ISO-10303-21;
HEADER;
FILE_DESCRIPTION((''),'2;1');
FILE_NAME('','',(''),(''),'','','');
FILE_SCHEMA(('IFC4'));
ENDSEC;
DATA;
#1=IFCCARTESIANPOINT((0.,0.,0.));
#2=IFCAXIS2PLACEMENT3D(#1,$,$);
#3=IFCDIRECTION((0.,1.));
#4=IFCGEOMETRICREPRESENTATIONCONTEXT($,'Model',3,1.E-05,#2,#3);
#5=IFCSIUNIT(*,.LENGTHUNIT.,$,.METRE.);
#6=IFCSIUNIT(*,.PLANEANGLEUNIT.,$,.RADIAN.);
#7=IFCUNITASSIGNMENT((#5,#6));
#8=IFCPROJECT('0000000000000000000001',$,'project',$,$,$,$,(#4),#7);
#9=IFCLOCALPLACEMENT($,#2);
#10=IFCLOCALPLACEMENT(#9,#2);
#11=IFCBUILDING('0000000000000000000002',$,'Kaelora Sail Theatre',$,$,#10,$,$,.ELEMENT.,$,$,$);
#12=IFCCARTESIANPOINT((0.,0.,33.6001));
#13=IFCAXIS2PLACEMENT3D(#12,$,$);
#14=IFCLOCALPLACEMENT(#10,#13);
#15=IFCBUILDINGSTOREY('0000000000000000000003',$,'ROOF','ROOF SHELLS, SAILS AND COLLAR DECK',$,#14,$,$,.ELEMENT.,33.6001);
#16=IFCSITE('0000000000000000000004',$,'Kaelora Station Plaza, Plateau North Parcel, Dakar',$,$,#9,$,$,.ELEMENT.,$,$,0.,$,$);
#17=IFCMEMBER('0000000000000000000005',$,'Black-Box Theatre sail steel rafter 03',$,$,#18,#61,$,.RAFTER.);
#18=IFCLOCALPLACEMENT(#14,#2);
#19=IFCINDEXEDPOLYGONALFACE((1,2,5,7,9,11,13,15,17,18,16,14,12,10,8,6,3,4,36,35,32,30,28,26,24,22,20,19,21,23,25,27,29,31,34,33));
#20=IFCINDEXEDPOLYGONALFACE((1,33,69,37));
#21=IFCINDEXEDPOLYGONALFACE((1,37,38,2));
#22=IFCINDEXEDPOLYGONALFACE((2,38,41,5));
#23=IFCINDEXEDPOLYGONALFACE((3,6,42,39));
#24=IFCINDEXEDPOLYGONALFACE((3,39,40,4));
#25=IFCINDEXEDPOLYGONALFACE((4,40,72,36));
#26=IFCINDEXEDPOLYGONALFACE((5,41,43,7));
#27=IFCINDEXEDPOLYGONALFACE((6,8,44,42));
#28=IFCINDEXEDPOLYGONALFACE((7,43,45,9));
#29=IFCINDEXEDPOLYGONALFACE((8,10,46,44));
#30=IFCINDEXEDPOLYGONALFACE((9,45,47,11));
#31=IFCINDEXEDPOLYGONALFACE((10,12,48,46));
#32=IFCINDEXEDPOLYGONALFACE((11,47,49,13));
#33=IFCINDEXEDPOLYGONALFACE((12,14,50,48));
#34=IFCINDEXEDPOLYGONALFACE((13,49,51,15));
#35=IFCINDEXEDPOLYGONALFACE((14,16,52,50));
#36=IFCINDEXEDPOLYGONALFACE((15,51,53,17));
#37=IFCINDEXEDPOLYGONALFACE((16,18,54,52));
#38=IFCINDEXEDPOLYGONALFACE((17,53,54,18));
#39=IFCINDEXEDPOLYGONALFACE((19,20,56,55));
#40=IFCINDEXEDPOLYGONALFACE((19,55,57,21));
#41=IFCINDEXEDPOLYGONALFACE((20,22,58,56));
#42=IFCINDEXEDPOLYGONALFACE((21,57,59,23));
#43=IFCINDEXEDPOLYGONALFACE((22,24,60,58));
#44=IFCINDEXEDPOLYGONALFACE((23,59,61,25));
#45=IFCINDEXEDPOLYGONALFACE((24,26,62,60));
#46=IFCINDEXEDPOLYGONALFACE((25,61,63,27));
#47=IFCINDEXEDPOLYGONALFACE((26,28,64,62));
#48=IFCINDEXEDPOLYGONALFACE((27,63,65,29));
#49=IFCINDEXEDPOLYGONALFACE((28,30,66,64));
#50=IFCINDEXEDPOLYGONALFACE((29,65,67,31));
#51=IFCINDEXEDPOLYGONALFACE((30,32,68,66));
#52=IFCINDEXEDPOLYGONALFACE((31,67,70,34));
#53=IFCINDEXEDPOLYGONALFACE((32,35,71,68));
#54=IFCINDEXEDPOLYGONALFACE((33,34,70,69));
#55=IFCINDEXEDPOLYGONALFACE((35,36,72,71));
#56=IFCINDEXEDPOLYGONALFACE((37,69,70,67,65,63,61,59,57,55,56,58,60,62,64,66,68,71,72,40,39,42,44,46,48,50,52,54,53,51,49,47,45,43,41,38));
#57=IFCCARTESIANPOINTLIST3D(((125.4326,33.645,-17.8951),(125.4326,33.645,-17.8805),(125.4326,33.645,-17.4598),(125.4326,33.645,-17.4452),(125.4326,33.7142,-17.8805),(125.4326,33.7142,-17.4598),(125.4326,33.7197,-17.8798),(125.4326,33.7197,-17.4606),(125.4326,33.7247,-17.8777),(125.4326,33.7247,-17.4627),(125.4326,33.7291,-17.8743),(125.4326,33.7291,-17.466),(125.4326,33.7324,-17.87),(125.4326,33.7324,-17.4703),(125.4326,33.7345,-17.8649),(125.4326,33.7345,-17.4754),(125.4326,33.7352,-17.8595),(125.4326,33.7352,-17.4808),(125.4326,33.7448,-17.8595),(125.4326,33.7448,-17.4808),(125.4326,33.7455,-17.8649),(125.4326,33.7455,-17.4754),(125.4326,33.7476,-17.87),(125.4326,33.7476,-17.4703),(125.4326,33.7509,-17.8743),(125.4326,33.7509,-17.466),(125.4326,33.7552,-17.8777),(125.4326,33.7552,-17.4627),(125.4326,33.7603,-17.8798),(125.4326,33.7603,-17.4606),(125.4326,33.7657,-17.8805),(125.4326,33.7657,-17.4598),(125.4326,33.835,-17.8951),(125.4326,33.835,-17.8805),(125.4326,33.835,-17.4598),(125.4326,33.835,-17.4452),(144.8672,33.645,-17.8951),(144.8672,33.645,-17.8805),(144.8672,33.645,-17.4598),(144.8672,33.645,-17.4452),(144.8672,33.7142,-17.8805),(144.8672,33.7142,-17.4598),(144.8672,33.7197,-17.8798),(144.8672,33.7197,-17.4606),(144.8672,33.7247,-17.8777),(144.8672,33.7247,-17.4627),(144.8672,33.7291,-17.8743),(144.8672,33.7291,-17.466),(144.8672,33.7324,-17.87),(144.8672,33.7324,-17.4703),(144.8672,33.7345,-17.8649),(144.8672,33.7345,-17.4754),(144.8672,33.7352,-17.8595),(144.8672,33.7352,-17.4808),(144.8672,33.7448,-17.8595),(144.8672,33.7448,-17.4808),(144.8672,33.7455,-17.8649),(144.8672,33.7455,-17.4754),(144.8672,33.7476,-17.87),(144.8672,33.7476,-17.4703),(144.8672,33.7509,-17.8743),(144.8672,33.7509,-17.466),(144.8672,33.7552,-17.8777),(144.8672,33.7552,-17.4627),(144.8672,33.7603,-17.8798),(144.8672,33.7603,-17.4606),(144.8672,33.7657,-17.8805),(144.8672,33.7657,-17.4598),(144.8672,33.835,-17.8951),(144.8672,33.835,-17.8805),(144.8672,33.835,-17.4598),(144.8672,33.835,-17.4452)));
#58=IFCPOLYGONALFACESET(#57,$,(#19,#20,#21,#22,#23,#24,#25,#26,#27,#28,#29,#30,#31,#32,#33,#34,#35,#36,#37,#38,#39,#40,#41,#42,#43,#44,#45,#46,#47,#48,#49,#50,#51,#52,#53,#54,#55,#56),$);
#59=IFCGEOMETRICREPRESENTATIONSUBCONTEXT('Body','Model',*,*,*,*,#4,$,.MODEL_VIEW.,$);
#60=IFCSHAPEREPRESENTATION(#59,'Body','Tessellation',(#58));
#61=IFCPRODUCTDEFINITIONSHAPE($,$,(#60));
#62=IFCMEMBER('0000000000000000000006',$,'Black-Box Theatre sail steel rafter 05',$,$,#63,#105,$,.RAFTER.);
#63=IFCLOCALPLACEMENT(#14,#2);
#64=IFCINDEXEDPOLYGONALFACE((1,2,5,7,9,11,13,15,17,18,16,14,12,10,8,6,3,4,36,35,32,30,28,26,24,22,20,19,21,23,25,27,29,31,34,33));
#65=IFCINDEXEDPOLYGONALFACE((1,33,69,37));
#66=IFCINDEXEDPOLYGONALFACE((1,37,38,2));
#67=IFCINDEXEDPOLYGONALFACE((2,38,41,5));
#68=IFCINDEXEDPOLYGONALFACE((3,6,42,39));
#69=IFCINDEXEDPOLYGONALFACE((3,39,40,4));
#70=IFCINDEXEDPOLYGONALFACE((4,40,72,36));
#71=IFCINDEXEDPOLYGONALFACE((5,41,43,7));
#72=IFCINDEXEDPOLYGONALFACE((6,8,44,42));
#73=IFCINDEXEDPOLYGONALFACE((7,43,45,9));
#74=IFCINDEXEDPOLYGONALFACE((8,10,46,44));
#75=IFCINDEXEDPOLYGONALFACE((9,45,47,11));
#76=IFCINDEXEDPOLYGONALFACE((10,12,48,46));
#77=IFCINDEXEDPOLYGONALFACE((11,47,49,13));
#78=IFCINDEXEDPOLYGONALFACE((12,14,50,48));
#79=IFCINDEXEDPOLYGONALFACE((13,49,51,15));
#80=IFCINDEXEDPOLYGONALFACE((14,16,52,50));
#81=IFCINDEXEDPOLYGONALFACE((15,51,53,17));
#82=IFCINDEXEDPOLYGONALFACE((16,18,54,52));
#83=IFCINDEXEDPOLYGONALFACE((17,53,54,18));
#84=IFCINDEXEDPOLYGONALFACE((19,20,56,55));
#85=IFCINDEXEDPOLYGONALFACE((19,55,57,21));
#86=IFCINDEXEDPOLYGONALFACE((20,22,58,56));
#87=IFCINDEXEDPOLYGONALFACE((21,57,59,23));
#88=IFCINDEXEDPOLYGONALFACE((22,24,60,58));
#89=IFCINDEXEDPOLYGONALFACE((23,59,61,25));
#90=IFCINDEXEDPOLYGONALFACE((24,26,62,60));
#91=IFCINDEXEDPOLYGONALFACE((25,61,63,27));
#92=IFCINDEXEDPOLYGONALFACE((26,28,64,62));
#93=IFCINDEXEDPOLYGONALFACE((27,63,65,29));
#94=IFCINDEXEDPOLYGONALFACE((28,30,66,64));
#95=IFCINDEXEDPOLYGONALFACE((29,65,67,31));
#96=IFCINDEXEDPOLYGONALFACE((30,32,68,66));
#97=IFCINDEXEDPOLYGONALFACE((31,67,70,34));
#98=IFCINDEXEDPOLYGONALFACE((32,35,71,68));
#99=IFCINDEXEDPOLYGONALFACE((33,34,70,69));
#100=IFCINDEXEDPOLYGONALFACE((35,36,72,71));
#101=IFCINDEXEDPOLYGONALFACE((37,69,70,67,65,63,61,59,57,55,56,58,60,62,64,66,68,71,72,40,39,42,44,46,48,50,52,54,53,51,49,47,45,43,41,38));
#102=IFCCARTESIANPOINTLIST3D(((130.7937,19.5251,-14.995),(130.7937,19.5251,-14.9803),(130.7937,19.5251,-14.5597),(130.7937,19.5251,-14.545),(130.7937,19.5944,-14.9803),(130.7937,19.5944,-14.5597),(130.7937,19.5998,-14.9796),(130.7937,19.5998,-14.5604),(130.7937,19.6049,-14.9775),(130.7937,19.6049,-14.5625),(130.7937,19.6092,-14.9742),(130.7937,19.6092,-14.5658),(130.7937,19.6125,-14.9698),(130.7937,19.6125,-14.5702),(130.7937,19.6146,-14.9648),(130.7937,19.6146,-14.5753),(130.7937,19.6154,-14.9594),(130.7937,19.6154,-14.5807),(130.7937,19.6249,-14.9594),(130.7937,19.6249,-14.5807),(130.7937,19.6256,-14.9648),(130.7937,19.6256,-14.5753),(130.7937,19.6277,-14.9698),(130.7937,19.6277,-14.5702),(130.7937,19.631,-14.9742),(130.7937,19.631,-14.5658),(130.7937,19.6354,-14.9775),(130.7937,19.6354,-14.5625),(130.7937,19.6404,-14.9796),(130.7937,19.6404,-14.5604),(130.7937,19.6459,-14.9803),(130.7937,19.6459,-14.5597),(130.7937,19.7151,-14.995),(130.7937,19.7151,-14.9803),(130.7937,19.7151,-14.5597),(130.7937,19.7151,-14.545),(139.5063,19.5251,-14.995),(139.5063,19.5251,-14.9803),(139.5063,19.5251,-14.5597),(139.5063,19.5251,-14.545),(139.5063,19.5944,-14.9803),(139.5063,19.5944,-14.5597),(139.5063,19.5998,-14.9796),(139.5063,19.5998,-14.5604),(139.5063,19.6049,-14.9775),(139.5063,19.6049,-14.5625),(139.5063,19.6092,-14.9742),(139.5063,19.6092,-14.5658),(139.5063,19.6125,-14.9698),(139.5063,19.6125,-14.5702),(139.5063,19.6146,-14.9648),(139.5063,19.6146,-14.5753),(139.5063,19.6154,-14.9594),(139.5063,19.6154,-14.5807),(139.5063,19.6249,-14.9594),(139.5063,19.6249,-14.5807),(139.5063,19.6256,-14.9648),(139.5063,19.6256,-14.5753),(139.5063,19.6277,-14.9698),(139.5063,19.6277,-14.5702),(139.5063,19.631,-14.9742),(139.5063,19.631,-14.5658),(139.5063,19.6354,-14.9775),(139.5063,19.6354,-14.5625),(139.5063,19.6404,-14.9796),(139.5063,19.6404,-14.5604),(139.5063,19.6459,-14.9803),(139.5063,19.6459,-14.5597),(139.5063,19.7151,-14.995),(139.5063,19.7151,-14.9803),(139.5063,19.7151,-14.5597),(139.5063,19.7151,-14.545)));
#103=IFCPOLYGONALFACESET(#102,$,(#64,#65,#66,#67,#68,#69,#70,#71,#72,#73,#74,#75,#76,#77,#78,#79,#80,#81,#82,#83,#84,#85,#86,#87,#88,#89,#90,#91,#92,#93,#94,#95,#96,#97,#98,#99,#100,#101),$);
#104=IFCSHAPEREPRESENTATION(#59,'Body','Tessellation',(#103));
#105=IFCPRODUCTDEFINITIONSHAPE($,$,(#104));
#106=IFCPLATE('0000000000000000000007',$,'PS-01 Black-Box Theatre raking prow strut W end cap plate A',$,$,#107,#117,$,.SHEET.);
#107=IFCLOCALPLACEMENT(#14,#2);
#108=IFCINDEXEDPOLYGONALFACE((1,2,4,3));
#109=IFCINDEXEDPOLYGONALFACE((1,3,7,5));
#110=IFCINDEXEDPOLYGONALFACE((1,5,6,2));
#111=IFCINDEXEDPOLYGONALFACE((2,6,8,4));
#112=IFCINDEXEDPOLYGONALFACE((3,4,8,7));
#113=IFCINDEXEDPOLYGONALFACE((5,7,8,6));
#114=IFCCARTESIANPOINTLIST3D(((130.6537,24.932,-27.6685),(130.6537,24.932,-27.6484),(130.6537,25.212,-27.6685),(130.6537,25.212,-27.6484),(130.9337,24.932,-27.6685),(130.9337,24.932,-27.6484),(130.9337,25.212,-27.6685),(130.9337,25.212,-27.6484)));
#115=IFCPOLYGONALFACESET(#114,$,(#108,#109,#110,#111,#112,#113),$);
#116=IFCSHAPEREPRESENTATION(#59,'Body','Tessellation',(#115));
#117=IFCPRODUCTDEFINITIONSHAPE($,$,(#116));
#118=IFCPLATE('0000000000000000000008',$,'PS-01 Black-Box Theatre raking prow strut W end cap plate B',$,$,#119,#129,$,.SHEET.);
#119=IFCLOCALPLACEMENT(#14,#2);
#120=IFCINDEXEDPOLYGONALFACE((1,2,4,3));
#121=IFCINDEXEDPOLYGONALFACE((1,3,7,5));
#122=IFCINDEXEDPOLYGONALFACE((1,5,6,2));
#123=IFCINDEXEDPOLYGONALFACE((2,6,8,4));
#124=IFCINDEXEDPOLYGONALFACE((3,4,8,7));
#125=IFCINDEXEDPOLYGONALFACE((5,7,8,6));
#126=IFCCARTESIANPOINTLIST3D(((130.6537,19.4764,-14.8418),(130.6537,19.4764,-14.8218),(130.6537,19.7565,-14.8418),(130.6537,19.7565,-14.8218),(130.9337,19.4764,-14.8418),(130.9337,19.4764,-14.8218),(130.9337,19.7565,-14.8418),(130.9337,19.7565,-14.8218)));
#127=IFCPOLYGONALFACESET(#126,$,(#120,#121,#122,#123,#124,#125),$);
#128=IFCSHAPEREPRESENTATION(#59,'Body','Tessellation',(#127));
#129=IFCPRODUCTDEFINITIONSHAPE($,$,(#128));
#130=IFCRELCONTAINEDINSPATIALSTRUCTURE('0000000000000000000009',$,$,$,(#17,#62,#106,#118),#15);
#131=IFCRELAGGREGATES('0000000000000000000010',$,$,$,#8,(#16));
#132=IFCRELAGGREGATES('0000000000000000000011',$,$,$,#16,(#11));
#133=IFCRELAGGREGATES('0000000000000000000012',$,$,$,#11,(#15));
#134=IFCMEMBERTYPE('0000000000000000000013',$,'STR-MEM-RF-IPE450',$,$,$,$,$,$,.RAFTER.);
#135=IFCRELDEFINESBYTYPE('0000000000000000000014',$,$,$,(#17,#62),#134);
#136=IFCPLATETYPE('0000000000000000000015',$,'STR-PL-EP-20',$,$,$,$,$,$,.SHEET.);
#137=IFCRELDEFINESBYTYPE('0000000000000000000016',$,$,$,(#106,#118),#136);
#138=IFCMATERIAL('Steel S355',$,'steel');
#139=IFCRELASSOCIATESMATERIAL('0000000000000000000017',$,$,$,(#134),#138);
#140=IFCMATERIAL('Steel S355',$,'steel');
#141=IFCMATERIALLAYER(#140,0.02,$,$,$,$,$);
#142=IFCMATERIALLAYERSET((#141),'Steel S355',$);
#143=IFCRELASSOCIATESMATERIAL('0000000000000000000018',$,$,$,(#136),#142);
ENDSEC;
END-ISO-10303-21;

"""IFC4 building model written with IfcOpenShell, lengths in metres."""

from ifc_helpers import new_model, si_unit, direction, frame, origin, origin_2d, place, context, subcontext, project, spatial, rectangle, i_section, extrude, material, layer, layer_set, material_profile, profile_set, type_object, element, save


model = new_model("IFC4")

# Units and contexts
model_context = context("Model", 3, precision=1e-05, world=origin(), true_north=direction((0.0, 1.0)))
body_context = subcontext(model_context, "Body", "Model", "MODEL_VIEW")
ifc_project = project(units=[si_unit("LENGTHUNIT", "METRE"), si_unit("PLANEANGLEUNIT", "RADIAN")], contexts=[model_context])

# Site, building, storey
site_placement = place(None, origin())
site = spatial("IfcSite", under=ifc_project, at=site_placement, Name="Kaelora Station Plaza, Plateau North Parcel, Dakar", CompositionType="ELEMENT", RefElevation=0.0)
building_placement = place(site_placement, origin())
building = spatial("IfcBuilding", under=site, at=building_placement, Name="Kaelora Sail Theatre", CompositionType="ELEMENT")
storey_placement = place(building_placement, frame((0.0, 0.0, 33.6001)))
storey = spatial("IfcBuildingStorey", under=building, at=storey_placement, Name="ROOF", Description="ROOF SHELLS, SAILS AND COLLAR DECK", CompositionType="ELEMENT", Elevation=33.6001)

# Members
ifc_material_1 = material(Name="Steel S355", Category="steel")
ifc_material_profile_1 = material_profile(ifc_material_1, i_section(OverallWidth=0.1899, OverallDepth=0.45, WebThickness=0.0095, FlangeThickness=0.0146, FilletRadius=0.021, at=origin_2d()), Name="IPE 450")
ifc_profile_set_1 = profile_set([ifc_material_profile_1], Name="Steel S355")
member_type_1 = type_object("IfcMemberType", Name="STR-MEM-RF-IPE450", PredefinedType="RAFTER", material=ifc_profile_set_1)
member_1_placement = place(storey_placement, frame((125.4326, 33.74, -17.6702), z_axis=(1.0, 0.0, 0.0), x_axis=(0.0, 1.0, 0.0)))
element("IfcMember", 1, at=member_1_placement, inside=storey, type_object=member_type_1, Name="Black-Box Theatre sail steel rafter 03", PredefinedType="RAFTER", context=body_context, shape_type="SweptSolid", body=[
    extrude(i_section(OverallWidth=0.1899, OverallDepth=0.45, WebThickness=0.0095, FlangeThickness=0.0146, FilletRadius=0.021, at=origin_2d()), origin(), (0.0, 0.0, 1.0), 19.4346),
])
member_2_placement = place(storey_placement, frame((130.7937, 19.6201, -14.77), z_axis=(1.0, 0.0, 0.0), x_axis=(0.0, 1.0, 0.0)))
element("IfcMember", 2, at=member_2_placement, inside=storey, type_object=member_type_1, Name="Black-Box Theatre sail steel rafter 05", PredefinedType="RAFTER", context=body_context, shape_type="SweptSolid", body=[
    extrude(i_section(OverallWidth=0.1899, OverallDepth=0.45, WebThickness=0.0095, FlangeThickness=0.0146, FilletRadius=0.021, at=origin_2d()), origin(), (0.0, 0.0, 1.0), 8.7126),
])

# Plates
ifc_material_2 = material(Name="Steel S355", Category="steel")
ifc_layer_1 = layer(ifc_material_2, 0.02)
ifc_layer_set_1 = layer_set([ifc_layer_1], Name="Steel S355")
plate_type = type_object("IfcPlateType", Name="STR-PL-EP-20", PredefinedType="SHEET", material=ifc_layer_set_1)
for number, where, z_axis, x_axis, name in (
    (3, (130.7937, 25.072, -27.6685), (0.0, 0.0, 1.0), (1.0, 0.0, 0.0), "PS-01 Black-Box Theatre raking prow strut W end cap plate A"),
    (4, (130.7937, 19.6165, -14.8418), (0.0, 0.0, 1.0), (1.0, 0.0, 0.0), "PS-01 Black-Box Theatre raking prow strut W end cap plate B"),
):
    element("IfcPlate", number, at=place(storey_placement, frame(where, z_axis=z_axis, x_axis=x_axis)), inside=storey, type_object=plate_type, Name=name, PredefinedType="SHEET", context=body_context, shape_type="SweptSolid", body=[
        extrude(rectangle(XDim=0.28, YDim=0.28, at=origin_2d()), origin(), (0.0, 0.0, 1.0), 0.02),
    ])

save(model, "model.ifc")
